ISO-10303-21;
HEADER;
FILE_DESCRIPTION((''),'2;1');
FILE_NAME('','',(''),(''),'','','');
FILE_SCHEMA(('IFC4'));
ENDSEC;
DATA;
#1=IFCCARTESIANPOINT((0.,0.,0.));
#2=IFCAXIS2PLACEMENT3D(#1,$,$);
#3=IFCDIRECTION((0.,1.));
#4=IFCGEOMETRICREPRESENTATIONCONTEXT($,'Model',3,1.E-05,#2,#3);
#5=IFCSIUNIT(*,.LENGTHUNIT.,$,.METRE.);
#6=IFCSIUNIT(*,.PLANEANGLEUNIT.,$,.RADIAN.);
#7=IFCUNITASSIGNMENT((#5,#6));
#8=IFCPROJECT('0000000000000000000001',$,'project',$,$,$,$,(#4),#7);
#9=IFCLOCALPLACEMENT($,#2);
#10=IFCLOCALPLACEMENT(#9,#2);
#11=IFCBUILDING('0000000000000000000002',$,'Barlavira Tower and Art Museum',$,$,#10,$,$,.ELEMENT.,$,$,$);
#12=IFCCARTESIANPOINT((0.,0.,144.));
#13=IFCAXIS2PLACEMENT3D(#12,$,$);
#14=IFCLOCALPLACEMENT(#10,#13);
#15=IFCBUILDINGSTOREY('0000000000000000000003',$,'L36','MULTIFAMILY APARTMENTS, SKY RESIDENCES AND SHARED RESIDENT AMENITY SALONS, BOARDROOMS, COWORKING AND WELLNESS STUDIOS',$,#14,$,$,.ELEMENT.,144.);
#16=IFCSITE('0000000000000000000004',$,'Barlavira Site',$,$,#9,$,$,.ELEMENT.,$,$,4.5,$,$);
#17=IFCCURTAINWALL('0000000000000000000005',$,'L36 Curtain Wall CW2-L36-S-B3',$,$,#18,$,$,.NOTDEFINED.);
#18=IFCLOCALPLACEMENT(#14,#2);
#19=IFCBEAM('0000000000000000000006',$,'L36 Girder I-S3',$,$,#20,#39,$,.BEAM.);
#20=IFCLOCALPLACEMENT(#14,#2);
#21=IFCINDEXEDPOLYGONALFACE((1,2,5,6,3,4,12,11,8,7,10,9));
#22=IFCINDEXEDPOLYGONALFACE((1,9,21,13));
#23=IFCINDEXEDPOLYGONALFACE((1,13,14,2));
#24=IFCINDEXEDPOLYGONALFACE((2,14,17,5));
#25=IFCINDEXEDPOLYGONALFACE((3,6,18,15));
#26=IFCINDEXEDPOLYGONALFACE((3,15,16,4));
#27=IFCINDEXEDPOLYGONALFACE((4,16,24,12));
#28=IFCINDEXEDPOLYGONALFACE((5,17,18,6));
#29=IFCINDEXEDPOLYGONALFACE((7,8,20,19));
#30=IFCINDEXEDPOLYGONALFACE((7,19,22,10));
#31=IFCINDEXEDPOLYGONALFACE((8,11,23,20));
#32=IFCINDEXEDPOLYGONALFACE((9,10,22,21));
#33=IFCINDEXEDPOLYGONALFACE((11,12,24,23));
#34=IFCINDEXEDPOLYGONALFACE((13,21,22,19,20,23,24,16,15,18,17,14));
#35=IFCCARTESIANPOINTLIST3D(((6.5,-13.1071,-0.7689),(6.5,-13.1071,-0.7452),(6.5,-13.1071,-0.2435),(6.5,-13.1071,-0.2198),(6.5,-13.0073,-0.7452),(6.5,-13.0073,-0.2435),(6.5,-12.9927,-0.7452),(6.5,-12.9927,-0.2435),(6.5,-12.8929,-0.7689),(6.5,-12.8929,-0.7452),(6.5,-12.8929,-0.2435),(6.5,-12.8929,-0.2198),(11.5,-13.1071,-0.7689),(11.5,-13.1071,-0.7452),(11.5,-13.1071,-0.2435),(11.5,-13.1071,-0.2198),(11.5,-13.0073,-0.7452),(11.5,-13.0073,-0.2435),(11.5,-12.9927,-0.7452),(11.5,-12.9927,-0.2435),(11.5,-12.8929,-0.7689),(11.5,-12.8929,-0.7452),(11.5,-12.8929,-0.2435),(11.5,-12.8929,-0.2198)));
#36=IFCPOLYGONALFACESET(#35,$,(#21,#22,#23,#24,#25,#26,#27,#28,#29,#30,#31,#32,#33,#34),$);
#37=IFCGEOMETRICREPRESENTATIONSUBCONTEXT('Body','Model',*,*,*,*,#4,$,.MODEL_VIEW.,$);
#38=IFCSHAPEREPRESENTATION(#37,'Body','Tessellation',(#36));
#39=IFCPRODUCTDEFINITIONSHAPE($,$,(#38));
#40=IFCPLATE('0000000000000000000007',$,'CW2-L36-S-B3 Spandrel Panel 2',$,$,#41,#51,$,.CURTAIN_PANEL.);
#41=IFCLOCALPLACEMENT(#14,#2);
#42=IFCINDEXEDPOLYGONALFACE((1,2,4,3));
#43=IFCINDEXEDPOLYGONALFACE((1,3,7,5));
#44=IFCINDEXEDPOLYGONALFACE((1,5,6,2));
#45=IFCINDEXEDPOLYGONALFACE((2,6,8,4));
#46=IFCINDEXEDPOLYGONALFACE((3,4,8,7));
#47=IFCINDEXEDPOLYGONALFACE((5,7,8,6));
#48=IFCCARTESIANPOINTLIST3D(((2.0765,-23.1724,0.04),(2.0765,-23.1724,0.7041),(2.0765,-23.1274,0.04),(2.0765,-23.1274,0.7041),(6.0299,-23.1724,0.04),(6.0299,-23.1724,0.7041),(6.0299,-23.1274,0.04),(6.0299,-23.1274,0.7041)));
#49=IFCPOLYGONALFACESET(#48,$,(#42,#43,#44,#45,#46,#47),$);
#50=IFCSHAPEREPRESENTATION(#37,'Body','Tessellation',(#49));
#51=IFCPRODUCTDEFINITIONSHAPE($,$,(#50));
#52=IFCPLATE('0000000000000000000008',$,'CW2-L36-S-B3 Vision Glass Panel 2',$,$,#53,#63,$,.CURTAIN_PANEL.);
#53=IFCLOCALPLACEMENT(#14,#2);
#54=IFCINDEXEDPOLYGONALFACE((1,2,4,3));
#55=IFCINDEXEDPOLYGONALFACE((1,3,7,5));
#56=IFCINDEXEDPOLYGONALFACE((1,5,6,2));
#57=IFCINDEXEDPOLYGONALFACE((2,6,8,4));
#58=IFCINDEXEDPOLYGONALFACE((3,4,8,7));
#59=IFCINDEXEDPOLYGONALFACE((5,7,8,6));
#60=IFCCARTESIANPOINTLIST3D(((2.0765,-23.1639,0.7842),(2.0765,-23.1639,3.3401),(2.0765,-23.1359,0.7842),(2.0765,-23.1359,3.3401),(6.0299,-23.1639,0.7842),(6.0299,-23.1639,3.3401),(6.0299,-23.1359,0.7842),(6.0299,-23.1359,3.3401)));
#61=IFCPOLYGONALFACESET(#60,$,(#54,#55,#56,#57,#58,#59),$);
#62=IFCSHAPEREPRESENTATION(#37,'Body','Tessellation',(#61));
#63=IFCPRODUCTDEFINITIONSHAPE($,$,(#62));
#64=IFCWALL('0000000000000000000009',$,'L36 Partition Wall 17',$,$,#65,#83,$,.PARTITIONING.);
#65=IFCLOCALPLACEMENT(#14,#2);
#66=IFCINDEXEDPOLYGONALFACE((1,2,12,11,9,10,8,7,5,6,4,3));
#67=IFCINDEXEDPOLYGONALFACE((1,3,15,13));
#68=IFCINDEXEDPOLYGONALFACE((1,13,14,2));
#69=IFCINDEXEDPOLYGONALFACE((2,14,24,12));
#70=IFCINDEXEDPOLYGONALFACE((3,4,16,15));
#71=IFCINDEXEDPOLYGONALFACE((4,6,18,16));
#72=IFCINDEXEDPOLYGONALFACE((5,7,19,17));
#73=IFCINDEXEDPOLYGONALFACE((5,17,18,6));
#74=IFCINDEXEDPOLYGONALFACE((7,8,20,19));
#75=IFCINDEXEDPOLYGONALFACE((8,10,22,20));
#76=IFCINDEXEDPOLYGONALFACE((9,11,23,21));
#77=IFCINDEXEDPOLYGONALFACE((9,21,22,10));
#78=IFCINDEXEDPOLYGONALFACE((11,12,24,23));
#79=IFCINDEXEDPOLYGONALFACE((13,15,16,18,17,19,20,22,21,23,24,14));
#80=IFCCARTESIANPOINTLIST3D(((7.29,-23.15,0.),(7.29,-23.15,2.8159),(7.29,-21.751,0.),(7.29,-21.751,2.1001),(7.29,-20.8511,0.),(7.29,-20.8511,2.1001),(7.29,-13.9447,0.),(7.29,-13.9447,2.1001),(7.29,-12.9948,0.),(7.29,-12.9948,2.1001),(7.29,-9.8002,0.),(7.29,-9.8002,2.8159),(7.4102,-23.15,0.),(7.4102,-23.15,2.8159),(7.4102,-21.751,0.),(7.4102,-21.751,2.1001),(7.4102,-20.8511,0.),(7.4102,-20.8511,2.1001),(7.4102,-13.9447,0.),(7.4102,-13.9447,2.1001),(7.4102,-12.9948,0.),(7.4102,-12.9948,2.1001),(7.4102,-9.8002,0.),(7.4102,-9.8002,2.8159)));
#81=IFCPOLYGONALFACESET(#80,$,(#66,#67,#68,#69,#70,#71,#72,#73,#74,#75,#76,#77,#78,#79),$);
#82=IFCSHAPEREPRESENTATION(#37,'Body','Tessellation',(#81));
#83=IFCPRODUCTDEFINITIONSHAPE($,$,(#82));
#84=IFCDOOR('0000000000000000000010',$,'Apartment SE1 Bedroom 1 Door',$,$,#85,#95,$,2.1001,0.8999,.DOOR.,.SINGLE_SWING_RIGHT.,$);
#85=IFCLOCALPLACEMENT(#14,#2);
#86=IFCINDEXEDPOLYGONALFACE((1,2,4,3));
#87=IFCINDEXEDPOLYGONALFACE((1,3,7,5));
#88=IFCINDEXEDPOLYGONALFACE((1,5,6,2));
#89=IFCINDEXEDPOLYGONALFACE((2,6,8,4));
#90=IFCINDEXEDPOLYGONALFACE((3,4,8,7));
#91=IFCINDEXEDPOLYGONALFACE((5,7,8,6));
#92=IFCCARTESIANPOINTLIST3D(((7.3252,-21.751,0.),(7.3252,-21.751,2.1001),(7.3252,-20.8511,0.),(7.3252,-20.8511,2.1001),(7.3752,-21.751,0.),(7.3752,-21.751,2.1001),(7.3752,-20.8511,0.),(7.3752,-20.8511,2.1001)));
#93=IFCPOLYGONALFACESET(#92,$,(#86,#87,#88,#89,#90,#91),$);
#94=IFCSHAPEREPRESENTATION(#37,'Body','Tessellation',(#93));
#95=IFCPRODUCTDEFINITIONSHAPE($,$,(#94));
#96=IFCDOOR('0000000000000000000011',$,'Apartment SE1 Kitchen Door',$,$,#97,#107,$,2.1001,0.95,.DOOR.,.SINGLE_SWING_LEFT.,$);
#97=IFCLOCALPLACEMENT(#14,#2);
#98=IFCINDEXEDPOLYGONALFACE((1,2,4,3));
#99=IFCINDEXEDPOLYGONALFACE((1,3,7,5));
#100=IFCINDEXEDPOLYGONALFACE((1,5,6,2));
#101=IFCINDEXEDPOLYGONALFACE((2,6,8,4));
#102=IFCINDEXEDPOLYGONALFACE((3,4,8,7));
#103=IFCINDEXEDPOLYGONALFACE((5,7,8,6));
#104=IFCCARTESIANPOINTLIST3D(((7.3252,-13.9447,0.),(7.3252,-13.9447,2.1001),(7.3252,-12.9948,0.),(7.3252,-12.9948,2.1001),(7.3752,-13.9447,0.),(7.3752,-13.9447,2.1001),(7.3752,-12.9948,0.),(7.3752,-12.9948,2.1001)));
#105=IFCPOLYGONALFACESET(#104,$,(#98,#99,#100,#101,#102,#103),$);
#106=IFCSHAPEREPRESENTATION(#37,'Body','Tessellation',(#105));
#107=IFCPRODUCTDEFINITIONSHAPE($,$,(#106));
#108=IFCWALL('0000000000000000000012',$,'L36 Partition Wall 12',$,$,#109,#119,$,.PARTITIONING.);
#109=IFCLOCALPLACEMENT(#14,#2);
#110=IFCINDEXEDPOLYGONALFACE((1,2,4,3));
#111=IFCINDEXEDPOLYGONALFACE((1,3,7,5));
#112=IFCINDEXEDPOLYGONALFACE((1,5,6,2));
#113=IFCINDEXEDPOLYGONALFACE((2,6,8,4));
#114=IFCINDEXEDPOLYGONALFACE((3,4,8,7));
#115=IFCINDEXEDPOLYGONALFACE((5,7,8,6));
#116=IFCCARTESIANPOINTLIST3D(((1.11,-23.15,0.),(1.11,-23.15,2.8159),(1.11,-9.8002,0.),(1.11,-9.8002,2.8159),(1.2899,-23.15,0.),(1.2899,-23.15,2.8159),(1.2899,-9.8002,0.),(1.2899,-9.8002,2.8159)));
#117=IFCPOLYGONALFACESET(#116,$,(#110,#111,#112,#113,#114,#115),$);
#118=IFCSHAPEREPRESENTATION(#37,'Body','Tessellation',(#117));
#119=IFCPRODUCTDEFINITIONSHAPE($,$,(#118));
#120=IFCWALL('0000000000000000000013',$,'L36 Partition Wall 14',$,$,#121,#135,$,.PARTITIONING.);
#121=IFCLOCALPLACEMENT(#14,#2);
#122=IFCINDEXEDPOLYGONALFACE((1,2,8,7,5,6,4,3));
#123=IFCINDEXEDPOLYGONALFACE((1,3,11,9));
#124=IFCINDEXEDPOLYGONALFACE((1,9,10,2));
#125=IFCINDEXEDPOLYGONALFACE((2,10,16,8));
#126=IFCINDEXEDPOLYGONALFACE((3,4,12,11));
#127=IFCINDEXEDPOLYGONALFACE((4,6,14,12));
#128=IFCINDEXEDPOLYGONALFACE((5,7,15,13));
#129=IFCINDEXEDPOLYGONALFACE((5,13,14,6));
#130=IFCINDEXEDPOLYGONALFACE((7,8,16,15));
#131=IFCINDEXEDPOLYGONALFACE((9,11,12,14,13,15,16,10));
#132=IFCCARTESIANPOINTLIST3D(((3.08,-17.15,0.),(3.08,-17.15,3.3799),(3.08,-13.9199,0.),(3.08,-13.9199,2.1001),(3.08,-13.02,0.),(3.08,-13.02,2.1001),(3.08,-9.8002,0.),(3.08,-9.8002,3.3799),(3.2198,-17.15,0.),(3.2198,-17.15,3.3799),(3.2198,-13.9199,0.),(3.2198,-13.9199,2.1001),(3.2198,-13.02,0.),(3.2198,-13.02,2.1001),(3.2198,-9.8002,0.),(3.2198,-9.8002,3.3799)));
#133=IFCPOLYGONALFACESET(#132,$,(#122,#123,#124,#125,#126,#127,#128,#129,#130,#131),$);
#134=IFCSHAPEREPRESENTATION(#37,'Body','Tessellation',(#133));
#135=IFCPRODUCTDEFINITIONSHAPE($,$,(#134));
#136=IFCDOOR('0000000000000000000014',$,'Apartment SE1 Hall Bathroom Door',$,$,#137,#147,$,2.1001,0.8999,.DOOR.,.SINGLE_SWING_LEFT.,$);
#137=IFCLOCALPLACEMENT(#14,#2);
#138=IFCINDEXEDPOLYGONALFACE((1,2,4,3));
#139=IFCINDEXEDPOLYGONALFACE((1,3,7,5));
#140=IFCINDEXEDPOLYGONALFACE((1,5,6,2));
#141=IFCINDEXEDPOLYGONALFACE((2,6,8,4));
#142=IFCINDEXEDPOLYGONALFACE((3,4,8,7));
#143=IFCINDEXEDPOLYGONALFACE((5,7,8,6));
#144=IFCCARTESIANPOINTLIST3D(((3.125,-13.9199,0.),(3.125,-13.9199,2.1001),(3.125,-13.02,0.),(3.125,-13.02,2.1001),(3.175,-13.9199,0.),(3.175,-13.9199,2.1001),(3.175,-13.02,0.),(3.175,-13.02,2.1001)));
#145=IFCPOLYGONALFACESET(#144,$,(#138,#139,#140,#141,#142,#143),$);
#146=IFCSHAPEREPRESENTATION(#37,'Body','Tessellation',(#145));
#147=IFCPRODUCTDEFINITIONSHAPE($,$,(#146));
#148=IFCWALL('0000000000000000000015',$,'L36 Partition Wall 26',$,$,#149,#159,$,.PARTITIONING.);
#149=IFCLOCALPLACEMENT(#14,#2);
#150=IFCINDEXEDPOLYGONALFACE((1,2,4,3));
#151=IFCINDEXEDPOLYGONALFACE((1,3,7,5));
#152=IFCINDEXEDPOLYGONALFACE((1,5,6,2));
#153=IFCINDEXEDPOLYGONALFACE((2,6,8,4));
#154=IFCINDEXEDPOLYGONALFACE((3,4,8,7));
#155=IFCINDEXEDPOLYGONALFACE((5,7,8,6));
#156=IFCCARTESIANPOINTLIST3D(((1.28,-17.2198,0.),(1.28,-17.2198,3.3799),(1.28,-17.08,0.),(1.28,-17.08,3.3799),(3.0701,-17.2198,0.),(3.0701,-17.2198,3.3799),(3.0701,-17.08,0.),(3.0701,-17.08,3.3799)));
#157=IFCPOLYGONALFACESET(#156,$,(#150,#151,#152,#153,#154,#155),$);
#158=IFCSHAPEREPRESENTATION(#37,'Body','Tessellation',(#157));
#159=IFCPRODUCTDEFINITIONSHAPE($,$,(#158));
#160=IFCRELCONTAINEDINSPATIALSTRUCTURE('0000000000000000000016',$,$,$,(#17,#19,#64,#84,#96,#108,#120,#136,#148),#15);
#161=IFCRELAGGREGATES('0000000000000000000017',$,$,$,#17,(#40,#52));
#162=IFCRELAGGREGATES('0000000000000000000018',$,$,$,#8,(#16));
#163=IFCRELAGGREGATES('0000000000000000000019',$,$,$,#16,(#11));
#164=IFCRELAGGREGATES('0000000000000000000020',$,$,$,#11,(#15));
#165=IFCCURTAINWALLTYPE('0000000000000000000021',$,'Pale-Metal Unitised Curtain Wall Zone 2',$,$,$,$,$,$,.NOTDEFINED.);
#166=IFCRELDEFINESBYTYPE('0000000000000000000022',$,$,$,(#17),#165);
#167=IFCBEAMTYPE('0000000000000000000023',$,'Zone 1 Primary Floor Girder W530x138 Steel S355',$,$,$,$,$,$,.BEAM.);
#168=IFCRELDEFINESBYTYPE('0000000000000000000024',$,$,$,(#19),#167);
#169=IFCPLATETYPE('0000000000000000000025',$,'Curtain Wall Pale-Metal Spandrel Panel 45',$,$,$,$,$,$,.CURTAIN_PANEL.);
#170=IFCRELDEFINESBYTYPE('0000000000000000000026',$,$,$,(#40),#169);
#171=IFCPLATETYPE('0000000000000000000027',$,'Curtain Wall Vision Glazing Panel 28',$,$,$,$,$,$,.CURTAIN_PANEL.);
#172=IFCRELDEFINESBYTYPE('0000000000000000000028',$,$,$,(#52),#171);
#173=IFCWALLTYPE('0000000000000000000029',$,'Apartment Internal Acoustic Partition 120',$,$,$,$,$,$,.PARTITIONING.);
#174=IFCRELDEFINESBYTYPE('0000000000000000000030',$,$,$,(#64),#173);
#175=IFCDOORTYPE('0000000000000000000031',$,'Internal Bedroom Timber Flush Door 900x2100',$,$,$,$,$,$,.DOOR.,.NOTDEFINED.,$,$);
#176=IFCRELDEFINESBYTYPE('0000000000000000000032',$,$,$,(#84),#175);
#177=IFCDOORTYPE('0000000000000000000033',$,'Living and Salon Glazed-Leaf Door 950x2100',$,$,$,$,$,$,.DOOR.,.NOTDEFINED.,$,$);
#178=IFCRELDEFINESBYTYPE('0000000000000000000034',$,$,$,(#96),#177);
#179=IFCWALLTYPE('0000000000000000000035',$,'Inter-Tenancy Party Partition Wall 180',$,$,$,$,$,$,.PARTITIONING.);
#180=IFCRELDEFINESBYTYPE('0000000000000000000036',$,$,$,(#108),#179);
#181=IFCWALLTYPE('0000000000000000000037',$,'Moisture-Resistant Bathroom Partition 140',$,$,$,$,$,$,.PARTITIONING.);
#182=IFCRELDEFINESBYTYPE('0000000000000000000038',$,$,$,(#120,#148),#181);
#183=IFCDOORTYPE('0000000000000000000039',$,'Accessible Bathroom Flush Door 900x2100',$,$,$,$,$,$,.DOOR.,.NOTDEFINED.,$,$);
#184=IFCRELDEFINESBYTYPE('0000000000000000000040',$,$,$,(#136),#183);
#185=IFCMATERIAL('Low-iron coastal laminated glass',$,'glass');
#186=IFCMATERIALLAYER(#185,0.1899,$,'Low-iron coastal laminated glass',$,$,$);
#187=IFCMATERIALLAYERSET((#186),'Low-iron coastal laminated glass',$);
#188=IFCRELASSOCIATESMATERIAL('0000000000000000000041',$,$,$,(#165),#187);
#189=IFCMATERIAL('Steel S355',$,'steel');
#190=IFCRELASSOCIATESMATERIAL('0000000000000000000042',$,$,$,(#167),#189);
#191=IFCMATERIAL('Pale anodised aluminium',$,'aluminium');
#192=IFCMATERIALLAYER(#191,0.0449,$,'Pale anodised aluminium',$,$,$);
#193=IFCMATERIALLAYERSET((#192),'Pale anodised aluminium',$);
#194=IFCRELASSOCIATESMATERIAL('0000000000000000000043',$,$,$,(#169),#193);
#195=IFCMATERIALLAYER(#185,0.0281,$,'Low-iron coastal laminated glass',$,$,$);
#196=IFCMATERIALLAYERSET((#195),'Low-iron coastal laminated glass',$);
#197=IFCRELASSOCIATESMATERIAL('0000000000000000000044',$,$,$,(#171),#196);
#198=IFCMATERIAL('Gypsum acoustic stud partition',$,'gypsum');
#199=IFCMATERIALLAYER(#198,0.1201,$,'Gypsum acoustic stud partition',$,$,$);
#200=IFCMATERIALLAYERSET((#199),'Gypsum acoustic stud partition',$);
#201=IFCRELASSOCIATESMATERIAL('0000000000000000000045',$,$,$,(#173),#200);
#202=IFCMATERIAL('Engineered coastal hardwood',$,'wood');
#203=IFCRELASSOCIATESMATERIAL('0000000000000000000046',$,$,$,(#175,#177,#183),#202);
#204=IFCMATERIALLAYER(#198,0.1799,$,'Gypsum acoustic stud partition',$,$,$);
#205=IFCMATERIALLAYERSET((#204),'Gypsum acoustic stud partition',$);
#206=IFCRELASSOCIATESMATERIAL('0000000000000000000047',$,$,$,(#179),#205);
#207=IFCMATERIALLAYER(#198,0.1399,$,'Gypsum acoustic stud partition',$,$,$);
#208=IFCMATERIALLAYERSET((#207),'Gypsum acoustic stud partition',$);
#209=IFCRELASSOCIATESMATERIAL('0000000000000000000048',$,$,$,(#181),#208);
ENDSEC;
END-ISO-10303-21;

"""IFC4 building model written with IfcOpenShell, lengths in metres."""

from ifc_helpers import new_model, si_unit, direction, frame, frame_2d, origin, origin_2d, place, context, subcontext, project, spatial, rectangle, i_section, extrude, material, layer, layer_set, material_profile, profile_set, type_object, element, fill, aggregate, save


model = new_model("IFC4")

# Units and contexts
model_context = context("Model", 3, precision=1e-05, world=origin(), true_north=direction((0.0, 1.0)))
body_context = subcontext(model_context, "Body", "Model", "MODEL_VIEW")
ifc_project = project(units=[si_unit("LENGTHUNIT", "METRE"), si_unit("PLANEANGLEUNIT", "RADIAN")], contexts=[model_context])

# Site, building, storey
site_placement = place(None, origin())
site = spatial("IfcSite", under=ifc_project, at=site_placement, Name="Barlavira Site", CompositionType="ELEMENT", RefElevation=4.5)
building_placement = place(site_placement, origin())
building = spatial("IfcBuilding", under=site, at=building_placement, Name="Barlavira Tower and Art Museum", CompositionType="ELEMENT")
storey_placement = place(building_placement, frame((0.0, 0.0, 144.0)))
storey = spatial("IfcBuildingStorey", under=building, at=storey_placement, Name="L36", Description="MULTIFAMILY APARTMENTS, SKY RESIDENCES AND SHARED RESIDENT AMENITY SALONS, BOARDROOMS, COWORKING AND WELLNESS STUDIOS", CompositionType="ELEMENT", Elevation=144.0)

# Curtain wall
ifc_material_1 = material(Name="Low-iron coastal laminated glass", Category="glass")
ifc_layer_1 = layer(ifc_material_1, 0.1899, Name="Low-iron coastal laminated glass")
ifc_layer_set_1 = layer_set([ifc_layer_1], Name="Low-iron coastal laminated glass")
curtain_wall_type = type_object("IfcCurtainWallType", Name="Pale-Metal Unitised Curtain Wall Zone 2", PredefinedType="NOTDEFINED", material=ifc_layer_set_1)
curtain_wall_placement = place(storey_placement, origin())
curtain_wall = element("IfcCurtainWall", 1, at=curtain_wall_placement, inside=storey, type_object=curtain_wall_type, Name="L36 Curtain Wall CW2-L36-S-B3", PredefinedType="NOTDEFINED")
ifc_material_2 = material(Name="Pale anodised aluminium", Category="aluminium")

# Beam
ifc_material_3 = material(Name="Steel S355", Category="steel")
ifc_material_profile_1 = material_profile(ifc_material_3, i_section(OverallWidth=0.2141, OverallDepth=0.5491, WebThickness=0.0146, FlangeThickness=0.0237, at=origin_2d()), Name="W530x138.0")
ifc_profile_set_1 = profile_set([ifc_material_profile_1], Name="Steel S355")
beam_type_1 = type_object("IfcBeamType", Name="Zone 1 Primary Floor Girder W530x138 Steel S355", PredefinedType="BEAM", material=ifc_profile_set_1)
beam_1_placement = place(storey_placement, frame((6.5, -13.0, -0.4944), z_axis=(1.0, 0.0, 0.0), x_axis=(0.0, 1.0, 0.0)))
element("IfcBeam", 2, at=beam_1_placement, inside=storey, type_object=beam_type_1, Name="L36 Girder I-S3", PredefinedType="BEAM", context=body_context, shape_type="SweptSolid", body=[
    extrude(i_section(OverallWidth=0.2141, OverallDepth=0.5491, WebThickness=0.0146, FlangeThickness=0.0237, at=origin_2d()), origin(), (0.0, 0.0, 1.0), 5.0),
])

# Plates
ifc_layer_2 = layer(ifc_material_2, 0.0449, Name="Pale anodised aluminium")
ifc_layer_set_2 = layer_set([ifc_layer_2], Name="Pale anodised aluminium")
plate_type_1 = type_object("IfcPlateType", Name="Curtain Wall Pale-Metal Spandrel Panel 45", PredefinedType="CURTAIN_PANEL", material=ifc_layer_set_2)
plate_1_placement = place(storey_placement, frame((4.0532, -23.1499, 0.04), z_axis=(0.0, 0.0, 1.0), x_axis=(1.0, 0.0, 0.0)))
plate_1 = element("IfcPlate", 3, at=plate_1_placement, type_object=plate_type_1, Name="CW2-L36-S-B3 Spandrel Panel 2", PredefinedType="CURTAIN_PANEL", context=body_context, shape_type="SweptSolid", body=[
    extrude(rectangle(XDim=3.9534, YDim=0.0449, at=origin_2d()), origin(), (0.0, 0.0, 1.0), 0.6641),
])
ifc_layer_3 = layer(ifc_material_1, 0.0281, Name="Low-iron coastal laminated glass")
ifc_layer_set_3 = layer_set([ifc_layer_3], Name="Low-iron coastal laminated glass")
plate_type_2 = type_object("IfcPlateType", Name="Curtain Wall Vision Glazing Panel 28", PredefinedType="CURTAIN_PANEL", material=ifc_layer_set_3)
plate_2_placement = place(storey_placement, frame((4.0532, -23.1499, 0.7842), z_axis=(0.0, 0.0, 1.0), x_axis=(1.0, 0.0, 0.0)))
plate_2 = element("IfcPlate", 4, at=plate_2_placement, type_object=plate_type_2, Name="CW2-L36-S-B3 Vision Glass Panel 2", PredefinedType="CURTAIN_PANEL", context=body_context, shape_type="SweptSolid", body=[
    extrude(rectangle(XDim=3.9534, YDim=0.0281, at=origin_2d()), origin(), (0.0, 0.0, 1.0), 2.5559),
])
aggregate(curtain_wall, [plate_1, plate_2])

# Wall, openings, doors
ifc_material_4 = material(Name="Gypsum acoustic stud partition", Category="gypsum")
ifc_layer_4 = layer(ifc_material_4, 0.1201, Name="Gypsum acoustic stud partition")
ifc_layer_set_4 = layer_set([ifc_layer_4], Name="Gypsum acoustic stud partition")
wall_type_1 = type_object("IfcWallType", Name="Apartment Internal Acoustic Partition 120", PredefinedType="PARTITIONING", material=ifc_layer_set_4)
wall_1_placement = place(storey_placement, frame((7.3501, -23.1499, 0.0), z_axis=(0.0, 0.0, 1.0), x_axis=(0.0, 1.0, 0.0)))
wall_1 = element("IfcWall", 5, at=wall_1_placement, inside=storey, type_object=wall_type_1, Name="L36 Partition Wall 17", PredefinedType="PARTITIONING", context=body_context, shape_type="SweptSolid", body=[
    extrude(rectangle(XDim=13.3499, YDim=0.1201, at=frame_2d((6.6748, 0.0))), origin(), (0.0, 0.0, 1.0), 2.8159),
])
opening_1_placement = place(wall_1_placement, frame((9.2051, 0.0, 0.0)))
opening_1 = element("IfcOpeningElement", 6, at=opening_1_placement, cuts=wall_1, PredefinedType="OPENING", context=body_context, shape_type="SweptSolid", body=[
    extrude(rectangle(XDim=0.95, YDim=2.1001, at=frame_2d((0.4751, 1.05))), frame((0.0, 0.0701, 0.0), z_axis=(0.0, -1.0, 0.0), x_axis=(1.0, 0.0, 0.0)), (0.0, 0.0, 1.0), 0.1401),
])
opening_2_placement = place(wall_1_placement, frame((1.3989, 0.0, 0.0)))
opening_2 = element("IfcOpeningElement", 7, at=opening_2_placement, cuts=wall_1, PredefinedType="OPENING", context=body_context, shape_type="SweptSolid", body=[
    extrude(rectangle(XDim=0.8999, YDim=2.1001, at=frame_2d((0.45, 1.05))), frame((0.0, 0.0701, 0.0), z_axis=(0.0, -1.0, 0.0), x_axis=(1.0, 0.0, 0.0)), (0.0, 0.0, 1.0), 0.1401),
])
ifc_material_5 = material(Name="Engineered coastal hardwood", Category="wood")
door_type_1 = type_object("IfcDoorType", Name="Internal Bedroom Timber Flush Door 900x2100", OperationType="NOTDEFINED", PredefinedType="DOOR", material=ifc_material_5)
door_1_placement = place(opening_2_placement, origin())
door_1 = element("IfcDoor", 8, at=door_1_placement, inside=storey, type_object=door_type_1, Name="Apartment SE1 Bedroom 1 Door", OperationType="SINGLE_SWING_RIGHT", OverallHeight=2.1001, OverallWidth=0.8999, PredefinedType="DOOR", context=body_context, shape_type="SweptSolid", body=[
    extrude(rectangle(XDim=0.8999, YDim=2.1001, at=frame_2d((0.45, 1.05))), frame((0.0, 0.0249, 0.0), z_axis=(0.0, -1.0, 0.0), x_axis=(1.0, 0.0, 0.0)), (0.0, 0.0, 1.0), 0.05),
])
fill(opening_2, door_1)
door_type_2 = type_object("IfcDoorType", Name="Living and Salon Glazed-Leaf Door 950x2100", OperationType="NOTDEFINED", PredefinedType="DOOR", material=ifc_material_5)
door_2_placement = place(opening_1_placement, origin())
door_2 = element("IfcDoor", 9, at=door_2_placement, inside=storey, type_object=door_type_2, Name="Apartment SE1 Kitchen Door", OperationType="SINGLE_SWING_LEFT", OverallHeight=2.1001, OverallWidth=0.95, PredefinedType="DOOR", context=body_context, shape_type="SweptSolid", body=[
    extrude(rectangle(XDim=0.95, YDim=2.1001, at=frame_2d((0.4751, 1.05))), frame((0.0, 0.0249, 0.0), z_axis=(0.0, -1.0, 0.0), x_axis=(1.0, 0.0, 0.0)), (0.0, 0.0, 1.0), 0.05),
])
fill(opening_1, door_2)

# Wall
ifc_layer_5 = layer(ifc_material_4, 0.1799, Name="Gypsum acoustic stud partition")
ifc_layer_set_5 = layer_set([ifc_layer_5], Name="Gypsum acoustic stud partition")
wall_type_2 = type_object("IfcWallType", Name="Inter-Tenancy Party Partition Wall 180", PredefinedType="PARTITIONING", material=ifc_layer_set_5)
wall_2_placement = place(storey_placement, frame((1.2, -23.1499, 0.0), z_axis=(0.0, 0.0, 1.0), x_axis=(0.0, 1.0, 0.0)))
element("IfcWall", 10, at=wall_2_placement, inside=storey, type_object=wall_type_2, Name="L36 Partition Wall 12", PredefinedType="PARTITIONING", context=body_context, shape_type="SweptSolid", body=[
    extrude(rectangle(XDim=13.3499, YDim=0.1799, at=frame_2d((6.6748, 0.0))), origin(), (0.0, 0.0, 1.0), 2.8159),
])

# Wall, opening, door
ifc_layer_6 = layer(ifc_material_4, 0.1399, Name="Gypsum acoustic stud partition")
ifc_layer_set_6 = layer_set([ifc_layer_6], Name="Gypsum acoustic stud partition")
wall_type_3 = type_object("IfcWallType", Name="Moisture-Resistant Bathroom Partition 140", PredefinedType="PARTITIONING", material=ifc_layer_set_6)
wall_3_placement = place(storey_placement, frame((3.1499, -17.1499, 0.0), z_axis=(0.0, 0.0, 1.0), x_axis=(0.0, 1.0, 0.0)))
wall_3 = element("IfcWall", 11, at=wall_3_placement, inside=storey, type_object=wall_type_3, Name="L36 Partition Wall 14", PredefinedType="PARTITIONING", context=body_context, shape_type="SweptSolid", body=[
    extrude(rectangle(XDim=7.3499, YDim=0.1399, at=frame_2d((3.6748, 0.0))), origin(), (0.0, 0.0, 1.0), 3.3799),
])
opening_3_placement = place(wall_3_placement, frame((3.23, 0.0, 0.0)))
opening_3 = element("IfcOpeningElement", 12, at=opening_3_placement, cuts=wall_3, PredefinedType="OPENING", context=body_context, shape_type="SweptSolid", body=[
    extrude(rectangle(XDim=0.8999, YDim=2.1001, at=frame_2d((0.45, 1.05))), frame((0.0, 0.0801, 0.0), z_axis=(0.0, -1.0, 0.0), x_axis=(1.0, 0.0, 0.0)), (0.0, 0.0, 1.0), 0.1599),
])
door_type_3 = type_object("IfcDoorType", Name="Accessible Bathroom Flush Door 900x2100", OperationType="NOTDEFINED", PredefinedType="DOOR", material=ifc_material_5)
door_3_placement = place(opening_3_placement, origin())
door_3 = element("IfcDoor", 13, at=door_3_placement, inside=storey, type_object=door_type_3, Name="Apartment SE1 Hall Bathroom Door", OperationType="SINGLE_SWING_LEFT", OverallHeight=2.1001, OverallWidth=0.8999, PredefinedType="DOOR", context=body_context, shape_type="SweptSolid", body=[
    extrude(rectangle(XDim=0.8999, YDim=2.1001, at=frame_2d((0.45, 1.05))), frame((0.0, 0.0249, 0.0), z_axis=(0.0, -1.0, 0.0), x_axis=(1.0, 0.0, 0.0)), (0.0, 0.0, 1.0), 0.05),
])
fill(opening_3, door_3)

# Wall
wall_4_placement = place(storey_placement, frame((1.28, -17.1499, 0.0), z_axis=(0.0, 0.0, 1.0), x_axis=(1.0, 0.0, 0.0)))
element("IfcWall", 14, at=wall_4_placement, inside=storey, type_object=wall_type_3, Name="L36 Partition Wall 26", PredefinedType="PARTITIONING", context=body_context, shape_type="SweptSolid", body=[
    extrude(rectangle(XDim=1.79, YDim=0.1399, at=frame_2d((0.895, 0.0))), origin(), (0.0, 0.0, 1.0), 3.3799),
])

save(model, "model.ifc")
